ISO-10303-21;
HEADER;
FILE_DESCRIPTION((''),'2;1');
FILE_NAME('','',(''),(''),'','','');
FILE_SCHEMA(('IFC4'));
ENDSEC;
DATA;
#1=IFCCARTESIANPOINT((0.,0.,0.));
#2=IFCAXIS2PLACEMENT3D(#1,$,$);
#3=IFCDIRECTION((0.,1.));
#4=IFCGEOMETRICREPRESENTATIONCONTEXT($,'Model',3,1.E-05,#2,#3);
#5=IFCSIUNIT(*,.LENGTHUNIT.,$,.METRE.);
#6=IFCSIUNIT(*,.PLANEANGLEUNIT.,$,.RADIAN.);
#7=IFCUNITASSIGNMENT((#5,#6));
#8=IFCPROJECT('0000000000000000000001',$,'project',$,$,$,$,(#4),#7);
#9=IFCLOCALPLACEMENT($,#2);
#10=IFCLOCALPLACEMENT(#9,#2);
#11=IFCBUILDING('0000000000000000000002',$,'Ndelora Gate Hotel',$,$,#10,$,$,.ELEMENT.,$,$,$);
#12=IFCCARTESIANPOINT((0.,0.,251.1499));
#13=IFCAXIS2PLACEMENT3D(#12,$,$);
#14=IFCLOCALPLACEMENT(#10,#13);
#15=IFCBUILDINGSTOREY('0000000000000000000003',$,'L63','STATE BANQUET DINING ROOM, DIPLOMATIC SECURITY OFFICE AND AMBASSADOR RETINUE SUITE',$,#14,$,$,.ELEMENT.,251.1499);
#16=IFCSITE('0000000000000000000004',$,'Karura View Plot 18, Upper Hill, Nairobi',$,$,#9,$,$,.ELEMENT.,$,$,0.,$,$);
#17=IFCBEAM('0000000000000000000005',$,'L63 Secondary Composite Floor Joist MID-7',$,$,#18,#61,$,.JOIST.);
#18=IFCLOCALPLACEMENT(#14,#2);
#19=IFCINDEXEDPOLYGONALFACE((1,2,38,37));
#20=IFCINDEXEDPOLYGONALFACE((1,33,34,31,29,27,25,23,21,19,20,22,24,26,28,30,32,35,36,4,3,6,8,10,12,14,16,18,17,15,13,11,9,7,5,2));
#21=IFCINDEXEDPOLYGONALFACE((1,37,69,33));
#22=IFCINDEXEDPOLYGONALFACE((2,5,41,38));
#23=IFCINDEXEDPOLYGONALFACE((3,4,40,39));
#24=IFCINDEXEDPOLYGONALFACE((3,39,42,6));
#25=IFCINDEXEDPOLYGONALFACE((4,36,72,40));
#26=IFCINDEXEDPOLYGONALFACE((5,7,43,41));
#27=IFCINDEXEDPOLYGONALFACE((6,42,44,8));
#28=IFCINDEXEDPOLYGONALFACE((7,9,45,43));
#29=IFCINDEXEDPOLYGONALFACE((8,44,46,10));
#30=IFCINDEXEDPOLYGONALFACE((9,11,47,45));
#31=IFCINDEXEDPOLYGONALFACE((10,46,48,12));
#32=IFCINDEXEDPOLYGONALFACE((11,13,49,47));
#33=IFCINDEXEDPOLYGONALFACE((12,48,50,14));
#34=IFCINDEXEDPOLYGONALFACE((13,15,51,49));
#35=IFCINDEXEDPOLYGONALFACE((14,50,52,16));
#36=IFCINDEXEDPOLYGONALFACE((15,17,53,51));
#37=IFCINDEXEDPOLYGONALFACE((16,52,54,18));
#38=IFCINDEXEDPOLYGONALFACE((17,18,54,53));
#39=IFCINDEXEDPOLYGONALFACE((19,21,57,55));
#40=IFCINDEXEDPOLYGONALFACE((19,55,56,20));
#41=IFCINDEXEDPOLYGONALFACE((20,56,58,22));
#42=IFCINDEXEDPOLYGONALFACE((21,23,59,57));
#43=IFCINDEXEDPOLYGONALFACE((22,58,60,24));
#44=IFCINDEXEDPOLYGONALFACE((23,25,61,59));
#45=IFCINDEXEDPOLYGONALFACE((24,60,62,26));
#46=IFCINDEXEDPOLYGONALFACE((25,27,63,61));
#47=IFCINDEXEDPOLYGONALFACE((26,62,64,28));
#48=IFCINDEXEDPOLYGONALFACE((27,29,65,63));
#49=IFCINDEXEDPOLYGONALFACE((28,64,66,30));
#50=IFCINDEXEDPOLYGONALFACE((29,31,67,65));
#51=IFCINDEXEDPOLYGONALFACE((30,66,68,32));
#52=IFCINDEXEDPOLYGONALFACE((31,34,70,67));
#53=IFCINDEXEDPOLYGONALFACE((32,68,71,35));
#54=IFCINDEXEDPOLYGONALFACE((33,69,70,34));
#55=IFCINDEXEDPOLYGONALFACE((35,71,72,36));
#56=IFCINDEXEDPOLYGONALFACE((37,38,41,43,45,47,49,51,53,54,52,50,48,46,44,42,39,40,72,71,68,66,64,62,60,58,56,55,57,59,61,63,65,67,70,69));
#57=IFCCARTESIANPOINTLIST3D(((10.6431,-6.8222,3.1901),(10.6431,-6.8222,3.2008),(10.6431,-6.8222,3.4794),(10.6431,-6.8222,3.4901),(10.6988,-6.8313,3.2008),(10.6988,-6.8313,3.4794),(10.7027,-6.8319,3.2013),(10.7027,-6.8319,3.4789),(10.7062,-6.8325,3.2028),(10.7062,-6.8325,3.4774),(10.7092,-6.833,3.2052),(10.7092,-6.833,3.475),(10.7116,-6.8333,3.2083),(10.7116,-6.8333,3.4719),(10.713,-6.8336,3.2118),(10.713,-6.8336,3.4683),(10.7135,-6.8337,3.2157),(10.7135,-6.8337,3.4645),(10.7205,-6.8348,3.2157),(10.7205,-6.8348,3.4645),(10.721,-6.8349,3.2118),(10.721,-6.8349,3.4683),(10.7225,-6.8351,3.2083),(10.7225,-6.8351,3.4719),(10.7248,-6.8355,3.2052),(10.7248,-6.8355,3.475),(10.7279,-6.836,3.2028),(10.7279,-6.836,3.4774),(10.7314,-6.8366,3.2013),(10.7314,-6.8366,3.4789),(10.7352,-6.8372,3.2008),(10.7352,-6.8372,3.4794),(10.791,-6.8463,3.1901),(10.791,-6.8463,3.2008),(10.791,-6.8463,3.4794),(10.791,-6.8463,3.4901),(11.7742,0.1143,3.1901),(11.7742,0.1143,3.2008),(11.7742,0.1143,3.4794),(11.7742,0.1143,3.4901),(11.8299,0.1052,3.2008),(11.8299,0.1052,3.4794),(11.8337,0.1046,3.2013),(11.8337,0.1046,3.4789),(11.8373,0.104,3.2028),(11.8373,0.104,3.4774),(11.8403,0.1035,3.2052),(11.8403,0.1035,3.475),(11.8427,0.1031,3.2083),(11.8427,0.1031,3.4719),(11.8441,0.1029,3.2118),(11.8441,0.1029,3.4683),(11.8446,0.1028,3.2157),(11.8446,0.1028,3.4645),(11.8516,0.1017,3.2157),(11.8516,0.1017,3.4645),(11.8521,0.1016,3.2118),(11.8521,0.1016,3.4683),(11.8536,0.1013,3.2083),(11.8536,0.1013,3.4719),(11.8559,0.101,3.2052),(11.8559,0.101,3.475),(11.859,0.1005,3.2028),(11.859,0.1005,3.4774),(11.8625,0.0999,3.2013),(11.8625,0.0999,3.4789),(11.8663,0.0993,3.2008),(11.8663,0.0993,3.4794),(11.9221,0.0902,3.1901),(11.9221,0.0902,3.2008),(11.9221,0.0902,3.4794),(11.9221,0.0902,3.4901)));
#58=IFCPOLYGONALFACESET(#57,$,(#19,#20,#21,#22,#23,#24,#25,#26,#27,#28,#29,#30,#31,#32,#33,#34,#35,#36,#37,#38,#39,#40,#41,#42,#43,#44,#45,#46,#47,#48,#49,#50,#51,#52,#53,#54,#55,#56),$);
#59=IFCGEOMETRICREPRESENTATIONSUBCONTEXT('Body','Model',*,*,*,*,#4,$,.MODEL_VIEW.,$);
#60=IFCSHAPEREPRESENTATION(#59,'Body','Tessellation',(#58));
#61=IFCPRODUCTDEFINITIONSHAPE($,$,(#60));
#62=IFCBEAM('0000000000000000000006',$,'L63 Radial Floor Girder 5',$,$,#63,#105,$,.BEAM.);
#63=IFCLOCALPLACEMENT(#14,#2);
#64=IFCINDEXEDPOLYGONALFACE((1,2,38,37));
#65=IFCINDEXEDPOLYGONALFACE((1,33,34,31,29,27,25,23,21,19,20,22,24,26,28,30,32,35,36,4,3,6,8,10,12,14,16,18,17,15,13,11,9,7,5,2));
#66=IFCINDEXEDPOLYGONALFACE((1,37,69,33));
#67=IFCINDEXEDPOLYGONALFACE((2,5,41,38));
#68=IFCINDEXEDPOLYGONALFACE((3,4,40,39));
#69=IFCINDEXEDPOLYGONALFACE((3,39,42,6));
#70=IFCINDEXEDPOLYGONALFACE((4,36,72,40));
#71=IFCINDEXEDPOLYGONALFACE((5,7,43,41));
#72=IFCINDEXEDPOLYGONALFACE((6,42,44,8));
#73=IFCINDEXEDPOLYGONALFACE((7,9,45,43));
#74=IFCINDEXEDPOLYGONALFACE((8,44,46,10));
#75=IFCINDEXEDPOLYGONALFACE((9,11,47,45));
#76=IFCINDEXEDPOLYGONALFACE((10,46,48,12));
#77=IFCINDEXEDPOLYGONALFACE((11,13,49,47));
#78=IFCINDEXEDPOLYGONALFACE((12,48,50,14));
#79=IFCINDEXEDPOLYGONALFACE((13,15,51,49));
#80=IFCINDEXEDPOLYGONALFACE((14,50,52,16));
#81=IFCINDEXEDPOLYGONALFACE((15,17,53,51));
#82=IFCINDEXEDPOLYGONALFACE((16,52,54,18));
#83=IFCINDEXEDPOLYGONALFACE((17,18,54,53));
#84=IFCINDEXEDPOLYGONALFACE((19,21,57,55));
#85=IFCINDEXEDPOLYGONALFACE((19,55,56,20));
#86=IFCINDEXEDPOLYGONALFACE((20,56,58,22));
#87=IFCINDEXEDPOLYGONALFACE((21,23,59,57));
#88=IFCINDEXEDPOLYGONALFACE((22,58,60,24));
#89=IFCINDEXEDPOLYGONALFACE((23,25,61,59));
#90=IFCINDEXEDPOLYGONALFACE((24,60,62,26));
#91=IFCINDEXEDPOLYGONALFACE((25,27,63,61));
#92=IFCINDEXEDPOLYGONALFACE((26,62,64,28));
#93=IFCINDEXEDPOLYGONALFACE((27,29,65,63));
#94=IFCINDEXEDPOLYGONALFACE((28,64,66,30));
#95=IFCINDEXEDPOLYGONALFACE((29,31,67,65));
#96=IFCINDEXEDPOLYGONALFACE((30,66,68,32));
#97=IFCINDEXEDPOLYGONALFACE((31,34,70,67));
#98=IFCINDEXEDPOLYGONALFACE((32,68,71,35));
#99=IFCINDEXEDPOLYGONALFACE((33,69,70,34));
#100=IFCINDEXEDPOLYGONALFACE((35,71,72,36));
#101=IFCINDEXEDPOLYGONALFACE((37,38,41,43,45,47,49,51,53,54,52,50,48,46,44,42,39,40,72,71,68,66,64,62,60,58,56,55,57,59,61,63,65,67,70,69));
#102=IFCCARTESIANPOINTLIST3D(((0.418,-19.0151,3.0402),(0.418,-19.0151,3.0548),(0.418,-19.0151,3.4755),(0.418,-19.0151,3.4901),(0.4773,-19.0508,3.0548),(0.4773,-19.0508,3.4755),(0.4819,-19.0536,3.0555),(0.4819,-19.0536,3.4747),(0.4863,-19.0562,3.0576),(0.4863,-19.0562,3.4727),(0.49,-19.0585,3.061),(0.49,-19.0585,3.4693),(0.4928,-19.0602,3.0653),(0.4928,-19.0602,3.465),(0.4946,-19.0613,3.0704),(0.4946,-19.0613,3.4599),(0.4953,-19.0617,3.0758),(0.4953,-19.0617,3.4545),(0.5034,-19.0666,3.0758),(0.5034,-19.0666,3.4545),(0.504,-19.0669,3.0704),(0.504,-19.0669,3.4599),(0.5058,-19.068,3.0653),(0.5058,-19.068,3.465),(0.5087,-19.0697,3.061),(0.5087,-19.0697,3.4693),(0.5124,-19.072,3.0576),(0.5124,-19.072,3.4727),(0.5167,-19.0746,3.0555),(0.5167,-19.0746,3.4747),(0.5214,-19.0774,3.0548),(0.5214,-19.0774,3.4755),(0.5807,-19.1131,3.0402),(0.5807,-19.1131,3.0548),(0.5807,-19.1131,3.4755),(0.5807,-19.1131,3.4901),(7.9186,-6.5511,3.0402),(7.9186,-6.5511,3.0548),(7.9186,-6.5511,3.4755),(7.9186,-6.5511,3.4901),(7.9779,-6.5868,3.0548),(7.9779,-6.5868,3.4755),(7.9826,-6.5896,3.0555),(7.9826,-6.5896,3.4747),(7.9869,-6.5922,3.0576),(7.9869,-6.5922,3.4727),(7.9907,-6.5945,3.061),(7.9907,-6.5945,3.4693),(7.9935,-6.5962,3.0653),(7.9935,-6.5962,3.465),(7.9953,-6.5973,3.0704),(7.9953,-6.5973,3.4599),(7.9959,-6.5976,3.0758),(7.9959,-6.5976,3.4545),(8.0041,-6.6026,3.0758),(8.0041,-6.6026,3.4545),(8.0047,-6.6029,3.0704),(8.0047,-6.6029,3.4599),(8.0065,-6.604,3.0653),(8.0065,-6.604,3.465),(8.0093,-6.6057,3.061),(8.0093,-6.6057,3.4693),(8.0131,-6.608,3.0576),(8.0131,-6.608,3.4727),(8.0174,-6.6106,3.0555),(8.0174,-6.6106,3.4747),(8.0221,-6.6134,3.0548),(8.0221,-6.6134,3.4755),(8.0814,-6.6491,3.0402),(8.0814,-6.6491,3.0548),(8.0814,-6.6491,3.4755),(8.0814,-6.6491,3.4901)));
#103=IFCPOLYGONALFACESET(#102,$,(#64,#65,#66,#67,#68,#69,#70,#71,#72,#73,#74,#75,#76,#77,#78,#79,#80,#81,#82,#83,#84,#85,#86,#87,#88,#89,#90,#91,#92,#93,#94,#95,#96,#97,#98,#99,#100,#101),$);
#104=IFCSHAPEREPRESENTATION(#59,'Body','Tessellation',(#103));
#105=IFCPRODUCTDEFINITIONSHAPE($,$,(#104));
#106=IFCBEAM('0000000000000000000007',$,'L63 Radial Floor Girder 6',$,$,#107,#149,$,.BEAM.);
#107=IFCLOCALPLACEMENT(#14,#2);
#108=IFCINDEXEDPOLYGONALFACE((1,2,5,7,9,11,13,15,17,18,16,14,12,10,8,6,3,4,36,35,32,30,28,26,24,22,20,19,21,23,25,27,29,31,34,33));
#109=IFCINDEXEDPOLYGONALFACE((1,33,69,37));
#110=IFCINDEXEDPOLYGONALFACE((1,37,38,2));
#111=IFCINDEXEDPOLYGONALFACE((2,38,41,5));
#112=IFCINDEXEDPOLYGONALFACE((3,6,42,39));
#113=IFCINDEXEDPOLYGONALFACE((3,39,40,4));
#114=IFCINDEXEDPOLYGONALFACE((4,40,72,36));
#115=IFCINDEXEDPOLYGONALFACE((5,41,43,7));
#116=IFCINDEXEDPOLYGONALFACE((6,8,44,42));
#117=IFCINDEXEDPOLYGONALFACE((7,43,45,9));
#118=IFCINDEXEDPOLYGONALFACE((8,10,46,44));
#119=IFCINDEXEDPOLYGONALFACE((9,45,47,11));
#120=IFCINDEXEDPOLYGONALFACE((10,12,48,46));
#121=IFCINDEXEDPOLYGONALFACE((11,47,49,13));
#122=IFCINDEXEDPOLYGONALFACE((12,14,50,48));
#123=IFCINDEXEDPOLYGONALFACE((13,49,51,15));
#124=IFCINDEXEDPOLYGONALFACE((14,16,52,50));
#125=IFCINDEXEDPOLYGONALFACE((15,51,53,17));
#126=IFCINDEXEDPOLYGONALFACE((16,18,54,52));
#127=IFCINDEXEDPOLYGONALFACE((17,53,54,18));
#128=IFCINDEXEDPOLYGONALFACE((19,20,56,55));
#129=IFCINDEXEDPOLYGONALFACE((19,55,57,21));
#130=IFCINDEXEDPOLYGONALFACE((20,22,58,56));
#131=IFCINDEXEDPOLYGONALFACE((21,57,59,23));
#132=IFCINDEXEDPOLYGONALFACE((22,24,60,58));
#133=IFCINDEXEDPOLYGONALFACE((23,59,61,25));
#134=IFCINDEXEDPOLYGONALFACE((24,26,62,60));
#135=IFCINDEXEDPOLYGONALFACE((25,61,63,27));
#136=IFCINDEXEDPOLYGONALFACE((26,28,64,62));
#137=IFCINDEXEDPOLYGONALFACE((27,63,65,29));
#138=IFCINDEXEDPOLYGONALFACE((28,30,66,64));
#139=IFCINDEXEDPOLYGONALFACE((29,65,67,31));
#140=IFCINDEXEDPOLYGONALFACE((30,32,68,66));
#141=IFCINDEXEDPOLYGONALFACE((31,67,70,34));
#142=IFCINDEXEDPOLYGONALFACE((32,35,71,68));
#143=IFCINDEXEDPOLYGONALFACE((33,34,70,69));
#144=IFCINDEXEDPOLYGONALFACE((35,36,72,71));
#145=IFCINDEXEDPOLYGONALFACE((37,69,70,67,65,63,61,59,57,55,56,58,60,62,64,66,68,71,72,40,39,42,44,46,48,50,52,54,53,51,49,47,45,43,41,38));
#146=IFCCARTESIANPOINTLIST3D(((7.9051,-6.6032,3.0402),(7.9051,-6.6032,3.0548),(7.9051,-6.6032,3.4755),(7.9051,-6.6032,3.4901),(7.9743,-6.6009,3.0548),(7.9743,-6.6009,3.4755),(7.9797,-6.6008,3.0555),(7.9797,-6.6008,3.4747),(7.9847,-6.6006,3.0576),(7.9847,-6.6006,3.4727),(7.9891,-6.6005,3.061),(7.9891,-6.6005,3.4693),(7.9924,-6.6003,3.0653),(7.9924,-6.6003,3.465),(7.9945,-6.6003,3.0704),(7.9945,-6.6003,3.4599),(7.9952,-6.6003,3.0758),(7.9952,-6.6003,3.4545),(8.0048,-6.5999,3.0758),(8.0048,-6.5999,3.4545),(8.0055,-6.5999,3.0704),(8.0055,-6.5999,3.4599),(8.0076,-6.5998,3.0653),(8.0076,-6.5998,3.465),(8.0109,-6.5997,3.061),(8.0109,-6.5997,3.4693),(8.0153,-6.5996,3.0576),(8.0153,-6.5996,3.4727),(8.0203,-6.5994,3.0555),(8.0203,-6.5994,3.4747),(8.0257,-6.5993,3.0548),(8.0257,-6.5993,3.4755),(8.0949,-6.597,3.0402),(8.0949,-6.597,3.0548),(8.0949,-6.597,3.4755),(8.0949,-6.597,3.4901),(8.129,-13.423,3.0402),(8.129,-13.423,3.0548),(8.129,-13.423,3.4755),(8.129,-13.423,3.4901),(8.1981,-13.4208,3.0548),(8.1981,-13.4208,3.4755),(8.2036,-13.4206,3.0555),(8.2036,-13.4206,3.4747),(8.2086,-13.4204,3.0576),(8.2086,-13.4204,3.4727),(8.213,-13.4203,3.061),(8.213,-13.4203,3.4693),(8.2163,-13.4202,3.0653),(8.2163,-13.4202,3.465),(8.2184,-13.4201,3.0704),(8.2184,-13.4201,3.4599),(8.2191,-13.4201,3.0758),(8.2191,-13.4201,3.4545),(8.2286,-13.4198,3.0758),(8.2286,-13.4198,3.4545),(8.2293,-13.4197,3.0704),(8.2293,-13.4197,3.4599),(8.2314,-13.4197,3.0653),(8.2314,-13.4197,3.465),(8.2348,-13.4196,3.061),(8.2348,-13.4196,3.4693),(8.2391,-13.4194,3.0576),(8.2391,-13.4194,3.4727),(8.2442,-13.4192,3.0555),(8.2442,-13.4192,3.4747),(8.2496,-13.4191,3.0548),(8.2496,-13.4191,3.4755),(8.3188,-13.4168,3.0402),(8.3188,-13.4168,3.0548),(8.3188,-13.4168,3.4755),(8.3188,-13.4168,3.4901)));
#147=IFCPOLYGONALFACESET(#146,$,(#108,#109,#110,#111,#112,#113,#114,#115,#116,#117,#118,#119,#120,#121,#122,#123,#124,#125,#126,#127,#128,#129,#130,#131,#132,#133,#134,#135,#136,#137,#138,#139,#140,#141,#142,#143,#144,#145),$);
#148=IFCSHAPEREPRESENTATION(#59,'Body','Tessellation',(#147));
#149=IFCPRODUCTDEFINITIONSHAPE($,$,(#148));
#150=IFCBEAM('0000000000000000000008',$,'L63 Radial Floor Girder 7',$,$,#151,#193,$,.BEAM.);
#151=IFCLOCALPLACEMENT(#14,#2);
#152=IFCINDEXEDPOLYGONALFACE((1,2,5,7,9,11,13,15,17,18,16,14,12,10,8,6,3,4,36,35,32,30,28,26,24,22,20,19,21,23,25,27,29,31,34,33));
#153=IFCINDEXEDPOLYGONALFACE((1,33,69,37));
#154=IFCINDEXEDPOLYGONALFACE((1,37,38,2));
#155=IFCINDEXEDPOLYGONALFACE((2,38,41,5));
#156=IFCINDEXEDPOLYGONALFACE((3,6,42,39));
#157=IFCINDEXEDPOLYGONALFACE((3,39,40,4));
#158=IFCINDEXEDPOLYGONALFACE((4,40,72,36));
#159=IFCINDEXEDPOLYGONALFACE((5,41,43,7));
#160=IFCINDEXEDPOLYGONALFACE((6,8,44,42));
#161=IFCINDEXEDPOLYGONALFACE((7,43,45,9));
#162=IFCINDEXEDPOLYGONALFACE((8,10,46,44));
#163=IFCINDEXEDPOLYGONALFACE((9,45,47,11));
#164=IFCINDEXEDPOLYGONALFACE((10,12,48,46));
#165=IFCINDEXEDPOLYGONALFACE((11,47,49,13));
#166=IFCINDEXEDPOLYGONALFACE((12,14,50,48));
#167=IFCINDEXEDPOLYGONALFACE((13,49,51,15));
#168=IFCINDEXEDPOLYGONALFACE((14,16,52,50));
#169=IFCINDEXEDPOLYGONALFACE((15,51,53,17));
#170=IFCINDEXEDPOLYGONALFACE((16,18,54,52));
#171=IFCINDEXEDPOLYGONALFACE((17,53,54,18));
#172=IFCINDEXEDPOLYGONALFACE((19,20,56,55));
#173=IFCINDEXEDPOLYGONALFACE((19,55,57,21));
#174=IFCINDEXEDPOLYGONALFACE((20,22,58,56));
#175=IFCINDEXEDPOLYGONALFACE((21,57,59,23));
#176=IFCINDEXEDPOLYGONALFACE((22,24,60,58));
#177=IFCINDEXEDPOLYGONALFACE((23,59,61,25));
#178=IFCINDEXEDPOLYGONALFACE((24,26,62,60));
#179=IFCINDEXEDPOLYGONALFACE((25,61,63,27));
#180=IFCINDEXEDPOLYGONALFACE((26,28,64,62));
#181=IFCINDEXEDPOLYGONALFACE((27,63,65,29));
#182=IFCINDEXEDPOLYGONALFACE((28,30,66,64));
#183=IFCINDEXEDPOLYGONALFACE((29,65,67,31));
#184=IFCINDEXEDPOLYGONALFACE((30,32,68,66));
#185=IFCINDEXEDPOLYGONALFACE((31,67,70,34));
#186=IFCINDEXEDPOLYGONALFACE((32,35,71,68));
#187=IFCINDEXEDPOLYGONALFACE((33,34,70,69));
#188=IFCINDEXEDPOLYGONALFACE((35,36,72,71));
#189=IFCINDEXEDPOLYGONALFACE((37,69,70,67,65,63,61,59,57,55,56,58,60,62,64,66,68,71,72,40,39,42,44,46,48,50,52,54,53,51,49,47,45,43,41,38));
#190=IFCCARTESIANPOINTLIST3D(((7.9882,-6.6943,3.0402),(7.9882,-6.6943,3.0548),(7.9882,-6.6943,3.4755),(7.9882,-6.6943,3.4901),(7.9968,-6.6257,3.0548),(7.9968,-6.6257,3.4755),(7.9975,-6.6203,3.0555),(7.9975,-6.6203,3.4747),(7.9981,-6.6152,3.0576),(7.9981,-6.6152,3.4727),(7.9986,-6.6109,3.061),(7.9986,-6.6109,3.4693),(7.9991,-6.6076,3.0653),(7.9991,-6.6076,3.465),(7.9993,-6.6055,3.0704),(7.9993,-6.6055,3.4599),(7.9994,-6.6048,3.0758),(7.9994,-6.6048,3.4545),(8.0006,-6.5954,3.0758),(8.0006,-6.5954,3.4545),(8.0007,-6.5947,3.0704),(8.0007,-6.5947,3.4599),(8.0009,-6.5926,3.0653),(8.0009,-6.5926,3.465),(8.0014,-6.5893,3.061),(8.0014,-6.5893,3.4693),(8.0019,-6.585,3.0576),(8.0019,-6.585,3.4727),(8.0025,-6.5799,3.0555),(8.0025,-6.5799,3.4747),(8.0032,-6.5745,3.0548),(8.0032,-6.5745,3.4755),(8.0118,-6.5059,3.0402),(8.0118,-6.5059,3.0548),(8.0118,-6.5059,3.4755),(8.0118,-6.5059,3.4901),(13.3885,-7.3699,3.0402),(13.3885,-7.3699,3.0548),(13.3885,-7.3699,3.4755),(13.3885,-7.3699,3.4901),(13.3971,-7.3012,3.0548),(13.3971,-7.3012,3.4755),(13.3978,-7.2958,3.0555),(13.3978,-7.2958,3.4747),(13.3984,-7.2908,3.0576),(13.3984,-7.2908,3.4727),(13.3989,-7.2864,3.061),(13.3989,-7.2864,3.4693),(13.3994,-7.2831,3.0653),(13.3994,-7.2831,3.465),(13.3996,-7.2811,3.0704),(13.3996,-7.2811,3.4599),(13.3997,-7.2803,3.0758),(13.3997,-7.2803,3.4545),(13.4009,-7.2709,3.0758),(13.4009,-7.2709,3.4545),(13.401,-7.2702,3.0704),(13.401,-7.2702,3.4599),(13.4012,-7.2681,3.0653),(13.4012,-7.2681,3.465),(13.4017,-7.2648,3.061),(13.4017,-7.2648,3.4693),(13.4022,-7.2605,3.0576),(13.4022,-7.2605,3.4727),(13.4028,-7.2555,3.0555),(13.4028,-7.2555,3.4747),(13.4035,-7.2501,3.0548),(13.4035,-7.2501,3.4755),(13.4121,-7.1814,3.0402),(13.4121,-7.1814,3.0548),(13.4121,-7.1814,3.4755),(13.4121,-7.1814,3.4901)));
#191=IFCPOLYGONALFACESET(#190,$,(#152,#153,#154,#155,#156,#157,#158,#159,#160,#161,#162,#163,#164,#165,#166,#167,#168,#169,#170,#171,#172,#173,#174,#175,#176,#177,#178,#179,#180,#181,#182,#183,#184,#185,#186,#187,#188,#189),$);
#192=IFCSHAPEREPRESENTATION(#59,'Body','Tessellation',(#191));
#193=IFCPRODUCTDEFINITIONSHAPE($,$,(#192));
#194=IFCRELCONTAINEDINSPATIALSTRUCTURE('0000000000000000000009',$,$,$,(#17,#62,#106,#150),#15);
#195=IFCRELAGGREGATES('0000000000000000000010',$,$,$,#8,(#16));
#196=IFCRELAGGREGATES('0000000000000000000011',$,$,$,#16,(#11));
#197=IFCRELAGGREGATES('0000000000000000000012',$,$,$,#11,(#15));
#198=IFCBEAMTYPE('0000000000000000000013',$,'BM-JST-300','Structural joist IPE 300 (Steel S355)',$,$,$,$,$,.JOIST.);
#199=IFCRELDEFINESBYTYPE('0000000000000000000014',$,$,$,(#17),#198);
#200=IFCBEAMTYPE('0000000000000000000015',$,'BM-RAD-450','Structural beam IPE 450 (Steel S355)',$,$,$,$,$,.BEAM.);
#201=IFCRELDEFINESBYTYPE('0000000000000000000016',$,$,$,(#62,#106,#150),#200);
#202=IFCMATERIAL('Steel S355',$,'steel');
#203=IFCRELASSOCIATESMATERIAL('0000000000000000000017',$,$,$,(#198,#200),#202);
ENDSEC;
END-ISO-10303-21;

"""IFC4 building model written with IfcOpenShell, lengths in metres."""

from ifc_helpers import new_model, si_unit, direction, frame, origin, origin_2d, place, context, subcontext, project, spatial, i_section, extrude, material, material_profile, profile_set, type_object, element, save


model = new_model("IFC4")

# Units and contexts
model_context = context("Model", 3, precision=1e-05, world=origin(), true_north=direction((0.0, 1.0)))
body_context = subcontext(model_context, "Body", "Model", "MODEL_VIEW")
ifc_project = project(units=[si_unit("LENGTHUNIT", "METRE"), si_unit("PLANEANGLEUNIT", "RADIAN")], contexts=[model_context])

# Site, building, storey
site_placement = place(None, origin())
site = spatial("IfcSite", under=ifc_project, at=site_placement, Name="Karura View Plot 18, Upper Hill, Nairobi", CompositionType="ELEMENT", RefElevation=0.0)
building_placement = place(site_placement, origin())
building = spatial("IfcBuilding", under=site, at=building_placement, Name="Ndelora Gate Hotel", CompositionType="ELEMENT")
storey_placement = place(building_placement, frame((0.0, 0.0, 251.1499)))
storey = spatial("IfcBuildingStorey", under=building, at=storey_placement, Name="L63", Description="STATE BANQUET DINING ROOM, DIPLOMATIC SECURITY OFFICE AND AMBASSADOR RETINUE SUITE", CompositionType="ELEMENT", Elevation=251.1499)

# Beams
ifc_material_1 = material(Name="Steel S355", Category="steel")
ifc_material_profile_1 = material_profile(ifc_material_1, i_section(OverallWidth=0.1499, OverallDepth=0.3, WebThickness=0.0071, FlangeThickness=0.0107, FilletRadius=0.0149, at=origin_2d()), Name="IPE 300")
ifc_profile_set_1 = profile_set([ifc_material_profile_1], Name="Steel S355")
beam_type_1 = type_object("IfcBeamType", Name="BM-JST-300", Description="Structural joist IPE 300 (Steel S355)", PredefinedType="JOIST", material=ifc_profile_set_1)
beam_1_placement = place(storey_placement, frame((10.717, -6.8342, 3.3401), z_axis=(0.160939, 0.986964, 0.0), x_axis=(-0.986964, 0.160939, 0.0)))
element("IfcBeam", 1, at=beam_1_placement, inside=storey, type_object=beam_type_1, Name="L63 Secondary Composite Floor Joist MID-7", PredefinedType="JOIST", context=body_context, shape_type="SweptSolid", body=[
    extrude(i_section(OverallWidth=0.1499, OverallDepth=0.3, WebThickness=0.0071, FlangeThickness=0.0107, FilletRadius=0.0149, at=origin_2d()), origin(), (0.0, 0.0, 1.0), 7.0281),
])
ifc_material_profile_2 = material_profile(ifc_material_1, i_section(OverallWidth=0.1899, OverallDepth=0.45, WebThickness=0.0095, FlangeThickness=0.0146, FilletRadius=0.021, at=origin_2d()), Name="IPE 450")
ifc_profile_set_2 = profile_set([ifc_material_profile_2], Name="Steel S355")
beam_type_2 = type_object("IfcBeamType", Name="BM-RAD-450", Description="Structural beam IPE 450 (Steel S355)", PredefinedType="BEAM", material=ifc_profile_set_2)
beam_2_placement = place(storey_placement, frame((8.0, -6.6001, 3.2651), z_axis=(-0.515621, -0.856817, 0.0), x_axis=(0.856817, -0.515621, 0.0)))
element("IfcBeam", 2, at=beam_2_placement, inside=storey, type_object=beam_type_2, Name="L63 Radial Floor Girder 5", PredefinedType="BEAM", context=body_context, shape_type="SweptSolid", body=[
    extrude(i_section(OverallWidth=0.1899, OverallDepth=0.45, WebThickness=0.0095, FlangeThickness=0.0146, FilletRadius=0.021, at=origin_2d()), origin(), (0.0, 0.0, 1.0), 14.5469),
])
beam_3_placement = place(storey_placement, frame((8.0, -6.6001, 3.2651), z_axis=(0.03281, -0.999462, 0.0), x_axis=(0.999462, 0.03281, 0.0)))
element("IfcBeam", 3, at=beam_3_placement, inside=storey, type_object=beam_type_2, Name="L63 Radial Floor Girder 6", PredefinedType="BEAM", context=body_context, shape_type="SweptSolid", body=[
    extrude(i_section(OverallWidth=0.1899, OverallDepth=0.45, WebThickness=0.0095, FlangeThickness=0.0146, FilletRadius=0.021, at=origin_2d()), origin(), (0.0, 0.0, 1.0), 6.8235),
])
beam_4_placement = place(storey_placement, frame((8.0, -6.6001, 3.2651), z_axis=(0.992267, -0.124123, 0.0), x_axis=(0.124123, 0.992267, 0.0)))
element("IfcBeam", 4, at=beam_4_placement, inside=storey, type_object=beam_type_2, Name="L63 Radial Floor Girder 7", PredefinedType="BEAM", context=body_context, shape_type="SweptSolid", body=[
    extrude(i_section(OverallWidth=0.1899, OverallDepth=0.45, WebThickness=0.0095, FlangeThickness=0.0146, FilletRadius=0.021, at=origin_2d()), origin(), (0.0, 0.0, 1.0), 5.4424),
])

save(model, "model.ifc")
